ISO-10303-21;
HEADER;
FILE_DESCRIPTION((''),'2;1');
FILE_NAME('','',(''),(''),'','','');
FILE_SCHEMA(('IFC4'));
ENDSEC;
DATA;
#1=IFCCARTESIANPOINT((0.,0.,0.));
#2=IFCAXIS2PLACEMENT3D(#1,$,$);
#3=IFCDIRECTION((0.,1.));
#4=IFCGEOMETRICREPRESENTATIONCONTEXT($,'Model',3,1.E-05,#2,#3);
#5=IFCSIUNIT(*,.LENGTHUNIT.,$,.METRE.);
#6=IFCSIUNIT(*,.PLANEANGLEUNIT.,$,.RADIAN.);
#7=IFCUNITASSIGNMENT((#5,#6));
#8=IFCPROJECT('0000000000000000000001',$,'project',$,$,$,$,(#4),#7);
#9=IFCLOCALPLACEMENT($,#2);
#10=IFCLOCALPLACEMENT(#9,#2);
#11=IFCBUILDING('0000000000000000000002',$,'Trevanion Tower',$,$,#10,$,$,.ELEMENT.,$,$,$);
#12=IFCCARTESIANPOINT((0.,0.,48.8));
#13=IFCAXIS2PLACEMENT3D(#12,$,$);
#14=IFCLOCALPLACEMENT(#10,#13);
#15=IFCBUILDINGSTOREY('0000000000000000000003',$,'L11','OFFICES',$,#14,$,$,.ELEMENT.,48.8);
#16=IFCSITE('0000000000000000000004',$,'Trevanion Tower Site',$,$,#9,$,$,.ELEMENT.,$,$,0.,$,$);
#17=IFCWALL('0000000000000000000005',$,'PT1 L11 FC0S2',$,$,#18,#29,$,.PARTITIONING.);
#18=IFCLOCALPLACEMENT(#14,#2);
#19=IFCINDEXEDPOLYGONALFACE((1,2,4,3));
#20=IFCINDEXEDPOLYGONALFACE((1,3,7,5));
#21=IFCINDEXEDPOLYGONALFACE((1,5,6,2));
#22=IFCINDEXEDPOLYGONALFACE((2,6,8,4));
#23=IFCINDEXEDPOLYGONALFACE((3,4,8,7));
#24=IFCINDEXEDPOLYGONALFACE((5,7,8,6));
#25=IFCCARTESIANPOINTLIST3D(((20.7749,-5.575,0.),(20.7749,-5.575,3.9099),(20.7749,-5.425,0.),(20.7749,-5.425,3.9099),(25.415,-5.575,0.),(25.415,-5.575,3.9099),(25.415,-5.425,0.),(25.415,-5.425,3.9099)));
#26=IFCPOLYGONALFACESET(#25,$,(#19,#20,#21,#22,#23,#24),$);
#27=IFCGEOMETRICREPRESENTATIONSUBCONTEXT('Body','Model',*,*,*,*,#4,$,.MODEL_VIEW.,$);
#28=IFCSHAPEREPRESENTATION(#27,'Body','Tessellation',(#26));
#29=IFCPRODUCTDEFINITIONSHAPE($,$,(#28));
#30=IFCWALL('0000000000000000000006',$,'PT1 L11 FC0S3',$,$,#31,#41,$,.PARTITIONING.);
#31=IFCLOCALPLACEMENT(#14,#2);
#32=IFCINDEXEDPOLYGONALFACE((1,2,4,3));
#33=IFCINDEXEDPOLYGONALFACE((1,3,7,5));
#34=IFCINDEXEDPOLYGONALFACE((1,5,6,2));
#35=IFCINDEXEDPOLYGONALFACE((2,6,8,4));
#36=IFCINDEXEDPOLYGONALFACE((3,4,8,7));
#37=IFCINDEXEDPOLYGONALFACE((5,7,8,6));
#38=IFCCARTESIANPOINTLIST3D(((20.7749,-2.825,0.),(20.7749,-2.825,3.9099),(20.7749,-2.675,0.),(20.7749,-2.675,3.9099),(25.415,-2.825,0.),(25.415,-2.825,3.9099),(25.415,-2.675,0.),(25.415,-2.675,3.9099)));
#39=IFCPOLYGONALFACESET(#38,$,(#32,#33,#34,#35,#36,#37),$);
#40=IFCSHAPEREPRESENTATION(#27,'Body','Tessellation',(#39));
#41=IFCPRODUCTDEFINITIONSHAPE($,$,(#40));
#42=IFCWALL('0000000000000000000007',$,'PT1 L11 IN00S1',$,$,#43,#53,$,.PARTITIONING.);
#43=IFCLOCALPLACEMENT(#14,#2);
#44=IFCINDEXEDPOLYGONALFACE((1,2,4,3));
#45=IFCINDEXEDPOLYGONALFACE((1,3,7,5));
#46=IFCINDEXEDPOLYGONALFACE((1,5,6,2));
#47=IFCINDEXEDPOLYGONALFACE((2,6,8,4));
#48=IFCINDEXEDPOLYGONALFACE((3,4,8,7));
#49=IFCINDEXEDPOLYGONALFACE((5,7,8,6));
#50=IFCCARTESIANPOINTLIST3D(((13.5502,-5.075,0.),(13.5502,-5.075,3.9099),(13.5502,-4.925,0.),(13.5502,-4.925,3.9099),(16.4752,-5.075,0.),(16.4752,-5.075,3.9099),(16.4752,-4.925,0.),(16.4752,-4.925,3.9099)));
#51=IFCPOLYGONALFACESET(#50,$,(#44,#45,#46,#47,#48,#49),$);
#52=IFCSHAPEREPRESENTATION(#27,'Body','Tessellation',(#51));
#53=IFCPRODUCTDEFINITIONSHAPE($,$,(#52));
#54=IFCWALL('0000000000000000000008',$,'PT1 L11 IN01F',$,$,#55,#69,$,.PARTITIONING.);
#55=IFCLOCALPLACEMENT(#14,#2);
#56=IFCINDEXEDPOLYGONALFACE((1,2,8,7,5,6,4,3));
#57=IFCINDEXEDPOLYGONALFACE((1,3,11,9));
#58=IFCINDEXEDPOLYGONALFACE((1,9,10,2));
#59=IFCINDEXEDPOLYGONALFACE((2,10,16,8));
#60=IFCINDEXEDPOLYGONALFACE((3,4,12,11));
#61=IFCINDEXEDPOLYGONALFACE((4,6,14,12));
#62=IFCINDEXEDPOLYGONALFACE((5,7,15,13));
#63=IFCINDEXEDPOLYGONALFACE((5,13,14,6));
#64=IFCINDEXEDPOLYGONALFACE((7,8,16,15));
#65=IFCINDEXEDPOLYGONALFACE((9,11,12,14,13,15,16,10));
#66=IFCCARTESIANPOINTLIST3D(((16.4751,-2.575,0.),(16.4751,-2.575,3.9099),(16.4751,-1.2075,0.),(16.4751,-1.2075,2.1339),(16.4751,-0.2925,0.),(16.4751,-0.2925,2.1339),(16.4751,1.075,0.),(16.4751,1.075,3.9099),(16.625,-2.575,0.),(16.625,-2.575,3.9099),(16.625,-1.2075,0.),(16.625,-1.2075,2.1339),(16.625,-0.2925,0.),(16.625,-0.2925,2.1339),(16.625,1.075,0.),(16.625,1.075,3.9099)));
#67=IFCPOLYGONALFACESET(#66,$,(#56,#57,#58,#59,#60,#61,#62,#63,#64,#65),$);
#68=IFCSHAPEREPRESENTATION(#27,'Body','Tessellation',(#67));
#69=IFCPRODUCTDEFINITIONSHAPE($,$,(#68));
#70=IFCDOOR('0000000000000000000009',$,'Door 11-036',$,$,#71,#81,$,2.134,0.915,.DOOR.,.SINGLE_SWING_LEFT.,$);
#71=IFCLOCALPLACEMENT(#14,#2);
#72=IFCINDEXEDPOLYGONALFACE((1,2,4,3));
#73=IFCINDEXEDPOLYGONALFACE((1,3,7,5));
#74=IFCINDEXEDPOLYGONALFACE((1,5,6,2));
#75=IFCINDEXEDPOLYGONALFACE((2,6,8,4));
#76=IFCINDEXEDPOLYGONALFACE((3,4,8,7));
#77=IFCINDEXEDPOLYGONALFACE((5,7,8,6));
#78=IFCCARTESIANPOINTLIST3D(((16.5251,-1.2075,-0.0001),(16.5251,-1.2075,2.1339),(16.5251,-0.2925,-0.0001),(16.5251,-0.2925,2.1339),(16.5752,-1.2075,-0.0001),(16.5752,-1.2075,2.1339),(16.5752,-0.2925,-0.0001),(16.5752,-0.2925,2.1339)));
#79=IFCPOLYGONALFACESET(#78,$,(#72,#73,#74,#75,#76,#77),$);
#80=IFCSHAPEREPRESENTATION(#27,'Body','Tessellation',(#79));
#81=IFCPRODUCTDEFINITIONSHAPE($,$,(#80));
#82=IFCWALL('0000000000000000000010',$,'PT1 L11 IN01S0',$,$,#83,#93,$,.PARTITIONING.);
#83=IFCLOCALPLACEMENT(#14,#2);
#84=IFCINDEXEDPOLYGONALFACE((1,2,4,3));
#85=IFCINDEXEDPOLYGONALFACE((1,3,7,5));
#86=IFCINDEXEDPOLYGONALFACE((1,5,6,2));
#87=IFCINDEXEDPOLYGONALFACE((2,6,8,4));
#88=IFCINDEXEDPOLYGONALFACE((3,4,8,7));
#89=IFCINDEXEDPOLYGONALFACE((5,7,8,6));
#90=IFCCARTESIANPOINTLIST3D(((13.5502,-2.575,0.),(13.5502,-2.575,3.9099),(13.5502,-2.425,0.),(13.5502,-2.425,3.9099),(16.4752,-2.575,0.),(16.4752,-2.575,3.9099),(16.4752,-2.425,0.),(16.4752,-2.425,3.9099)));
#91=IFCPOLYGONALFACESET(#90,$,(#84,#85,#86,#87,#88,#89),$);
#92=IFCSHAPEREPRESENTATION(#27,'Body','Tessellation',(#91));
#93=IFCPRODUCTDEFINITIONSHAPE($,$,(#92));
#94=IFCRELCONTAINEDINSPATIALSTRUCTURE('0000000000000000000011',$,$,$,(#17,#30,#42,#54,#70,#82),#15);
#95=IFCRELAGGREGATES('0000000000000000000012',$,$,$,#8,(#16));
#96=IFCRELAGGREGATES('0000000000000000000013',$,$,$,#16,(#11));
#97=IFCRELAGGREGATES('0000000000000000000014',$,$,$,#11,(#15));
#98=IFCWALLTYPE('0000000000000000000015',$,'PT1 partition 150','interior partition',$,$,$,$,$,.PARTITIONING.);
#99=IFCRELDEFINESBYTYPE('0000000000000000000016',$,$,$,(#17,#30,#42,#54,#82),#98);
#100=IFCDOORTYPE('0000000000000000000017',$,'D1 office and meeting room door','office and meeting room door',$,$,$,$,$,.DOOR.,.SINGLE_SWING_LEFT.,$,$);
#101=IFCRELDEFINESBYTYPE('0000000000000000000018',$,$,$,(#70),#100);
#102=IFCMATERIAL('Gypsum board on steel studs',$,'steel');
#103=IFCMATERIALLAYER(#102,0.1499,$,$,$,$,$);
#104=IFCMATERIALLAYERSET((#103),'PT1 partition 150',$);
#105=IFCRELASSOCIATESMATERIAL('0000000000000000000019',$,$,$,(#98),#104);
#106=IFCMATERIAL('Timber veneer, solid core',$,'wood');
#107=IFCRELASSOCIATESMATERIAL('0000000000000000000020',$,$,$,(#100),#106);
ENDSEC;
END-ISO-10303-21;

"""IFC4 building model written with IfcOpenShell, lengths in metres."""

from ifc_helpers import new_model, si_unit, direction, frame, frame_2d, origin, place, context, subcontext, project, spatial, rectangle, extrude, material, layer, layer_set, type_object, element, fill, save


model = new_model("IFC4")

# Units and contexts
model_context = context("Model", 3, precision=1e-05, world=origin(), true_north=direction((0.0, 1.0)))
body_context = subcontext(model_context, "Body", "Model", "MODEL_VIEW")
ifc_project = project(units=[si_unit("LENGTHUNIT", "METRE"), si_unit("PLANEANGLEUNIT", "RADIAN")], contexts=[model_context])

# Site, building, storey
site_placement = place(None, origin())
site = spatial("IfcSite", under=ifc_project, at=site_placement, Name="Trevanion Tower Site", CompositionType="ELEMENT", RefElevation=0.0)
building_placement = place(site_placement, origin())
building = spatial("IfcBuilding", under=site, at=building_placement, Name="Trevanion Tower", CompositionType="ELEMENT")
storey_placement = place(building_placement, frame((0.0, 0.0, 48.8)))
storey = spatial("IfcBuildingStorey", under=building, at=storey_placement, Name="L11", Description="OFFICES", CompositionType="ELEMENT", Elevation=48.8)

# Walls
ifc_material_1 = material(Name="Gypsum board on steel studs", Category="steel")
ifc_layer_1 = layer(ifc_material_1, 0.1499)
ifc_layer_set_1 = layer_set([ifc_layer_1], Name="PT1 partition 150")
wall_type = type_object("IfcWallType", Name="PT1 partition 150", Description="interior partition", PredefinedType="PARTITIONING", material=ifc_layer_set_1)
for number, where, z_axis, x_axis, name in (
    (1, (20.7749, -5.5, 0.0), (0.0, 0.0, 1.0), (1.0, 0.0, 0.0), "PT1 L11 FC0S2"),
    (2, (20.7749, -2.75, 0.0), (0.0, 0.0, 1.0), (1.0, 0.0, 0.0), "PT1 L11 FC0S3"),
):
    element("IfcWall", number, at=place(storey_placement, frame(where, z_axis=z_axis, x_axis=x_axis)), inside=storey, type_object=wall_type, Name=name, PredefinedType="PARTITIONING", context=body_context, shape_type="SweptSolid", body=[
        extrude(rectangle(XDim=4.6401, YDim=0.1499, at=frame_2d((2.3201, 0.0))), origin(), (0.0, 0.0, 1.0), 3.9099),
    ])
wall_1_placement = place(storey_placement, frame((16.4751, -5.0, 0.0), z_axis=(0.0, 0.0, 1.0), x_axis=(-1.0, 0.0, 0.0)))
element("IfcWall", 3, at=wall_1_placement, inside=storey, type_object=wall_type, Name="PT1 L11 IN00S1", PredefinedType="PARTITIONING", context=body_context, shape_type="SweptSolid", body=[
    extrude(rectangle(XDim=2.925, YDim=0.1499, at=frame_2d((1.4624, 0.0))), origin(), (0.0, 0.0, 1.0), 3.9099),
])

# Wall, opening, door
wall_2_placement = place(storey_placement, frame((16.55, -2.575, 0.0), z_axis=(0.0, 0.0, 1.0), x_axis=(0.0, 1.0, 0.0)))
wall_2 = element("IfcWall", 4, at=wall_2_placement, inside=storey, type_object=wall_type, Name="PT1 L11 IN01F", PredefinedType="PARTITIONING", context=body_context, shape_type="SweptSolid", body=[
    extrude(rectangle(XDim=3.6499, YDim=0.1499, at=frame_2d((1.825, 0.0))), origin(), (0.0, 0.0, 1.0), 3.9099),
])
opening_placement = place(wall_2_placement, frame((1.3674, 0.0, 0.0)))
opening = element("IfcOpeningElement", 5, at=opening_placement, cuts=wall_2, PredefinedType="OPENING", context=body_context, shape_type="SweptSolid", body=[
    extrude(rectangle(XDim=0.915, YDim=2.134, at=frame_2d((0.4575, 1.0669))), frame((0.0, 0.085, 0.0), z_axis=(0.0, -1.0, 0.0), x_axis=(1.0, 0.0, 0.0)), (0.0, 0.0, 1.0), 0.1699),
])
ifc_material_2 = material(Name="Timber veneer, solid core", Category="wood")
door_type = type_object("IfcDoorType", Name="D1 office and meeting room door", Description="office and meeting room door", OperationType="SINGLE_SWING_LEFT", PredefinedType="DOOR", material=ifc_material_2)
door_placement = place(opening_placement, origin())
door = element("IfcDoor", 6, at=door_placement, inside=storey, type_object=door_type, Name="Door 11-036", OperationType="SINGLE_SWING_LEFT", OverallHeight=2.134, OverallWidth=0.915, PredefinedType="DOOR", context=body_context, shape_type="SweptSolid", body=[
    extrude(rectangle(XDim=0.915, YDim=2.134, at=frame_2d((0.4575, 1.0669))), frame((0.0, 0.0249, 0.0), z_axis=(0.0, -1.0, 0.0), x_axis=(1.0, 0.0, 0.0)), (0.0, 0.0, 1.0), 0.05),
])
fill(opening, door)

# Wall
wall_3_placement = place(storey_placement, frame((16.4751, -2.5, 0.0), z_axis=(0.0, 0.0, 1.0), x_axis=(-1.0, 0.0, 0.0)))
element("IfcWall", 7, at=wall_3_placement, inside=storey, type_object=wall_type, Name="PT1 L11 IN01S0", PredefinedType="PARTITIONING", context=body_context, shape_type="SweptSolid", body=[
    extrude(rectangle(XDim=2.925, YDim=0.1499, at=frame_2d((1.4624, 0.0))), origin(), (0.0, 0.0, 1.0), 3.9099),
])

save(model, "model.ifc")
